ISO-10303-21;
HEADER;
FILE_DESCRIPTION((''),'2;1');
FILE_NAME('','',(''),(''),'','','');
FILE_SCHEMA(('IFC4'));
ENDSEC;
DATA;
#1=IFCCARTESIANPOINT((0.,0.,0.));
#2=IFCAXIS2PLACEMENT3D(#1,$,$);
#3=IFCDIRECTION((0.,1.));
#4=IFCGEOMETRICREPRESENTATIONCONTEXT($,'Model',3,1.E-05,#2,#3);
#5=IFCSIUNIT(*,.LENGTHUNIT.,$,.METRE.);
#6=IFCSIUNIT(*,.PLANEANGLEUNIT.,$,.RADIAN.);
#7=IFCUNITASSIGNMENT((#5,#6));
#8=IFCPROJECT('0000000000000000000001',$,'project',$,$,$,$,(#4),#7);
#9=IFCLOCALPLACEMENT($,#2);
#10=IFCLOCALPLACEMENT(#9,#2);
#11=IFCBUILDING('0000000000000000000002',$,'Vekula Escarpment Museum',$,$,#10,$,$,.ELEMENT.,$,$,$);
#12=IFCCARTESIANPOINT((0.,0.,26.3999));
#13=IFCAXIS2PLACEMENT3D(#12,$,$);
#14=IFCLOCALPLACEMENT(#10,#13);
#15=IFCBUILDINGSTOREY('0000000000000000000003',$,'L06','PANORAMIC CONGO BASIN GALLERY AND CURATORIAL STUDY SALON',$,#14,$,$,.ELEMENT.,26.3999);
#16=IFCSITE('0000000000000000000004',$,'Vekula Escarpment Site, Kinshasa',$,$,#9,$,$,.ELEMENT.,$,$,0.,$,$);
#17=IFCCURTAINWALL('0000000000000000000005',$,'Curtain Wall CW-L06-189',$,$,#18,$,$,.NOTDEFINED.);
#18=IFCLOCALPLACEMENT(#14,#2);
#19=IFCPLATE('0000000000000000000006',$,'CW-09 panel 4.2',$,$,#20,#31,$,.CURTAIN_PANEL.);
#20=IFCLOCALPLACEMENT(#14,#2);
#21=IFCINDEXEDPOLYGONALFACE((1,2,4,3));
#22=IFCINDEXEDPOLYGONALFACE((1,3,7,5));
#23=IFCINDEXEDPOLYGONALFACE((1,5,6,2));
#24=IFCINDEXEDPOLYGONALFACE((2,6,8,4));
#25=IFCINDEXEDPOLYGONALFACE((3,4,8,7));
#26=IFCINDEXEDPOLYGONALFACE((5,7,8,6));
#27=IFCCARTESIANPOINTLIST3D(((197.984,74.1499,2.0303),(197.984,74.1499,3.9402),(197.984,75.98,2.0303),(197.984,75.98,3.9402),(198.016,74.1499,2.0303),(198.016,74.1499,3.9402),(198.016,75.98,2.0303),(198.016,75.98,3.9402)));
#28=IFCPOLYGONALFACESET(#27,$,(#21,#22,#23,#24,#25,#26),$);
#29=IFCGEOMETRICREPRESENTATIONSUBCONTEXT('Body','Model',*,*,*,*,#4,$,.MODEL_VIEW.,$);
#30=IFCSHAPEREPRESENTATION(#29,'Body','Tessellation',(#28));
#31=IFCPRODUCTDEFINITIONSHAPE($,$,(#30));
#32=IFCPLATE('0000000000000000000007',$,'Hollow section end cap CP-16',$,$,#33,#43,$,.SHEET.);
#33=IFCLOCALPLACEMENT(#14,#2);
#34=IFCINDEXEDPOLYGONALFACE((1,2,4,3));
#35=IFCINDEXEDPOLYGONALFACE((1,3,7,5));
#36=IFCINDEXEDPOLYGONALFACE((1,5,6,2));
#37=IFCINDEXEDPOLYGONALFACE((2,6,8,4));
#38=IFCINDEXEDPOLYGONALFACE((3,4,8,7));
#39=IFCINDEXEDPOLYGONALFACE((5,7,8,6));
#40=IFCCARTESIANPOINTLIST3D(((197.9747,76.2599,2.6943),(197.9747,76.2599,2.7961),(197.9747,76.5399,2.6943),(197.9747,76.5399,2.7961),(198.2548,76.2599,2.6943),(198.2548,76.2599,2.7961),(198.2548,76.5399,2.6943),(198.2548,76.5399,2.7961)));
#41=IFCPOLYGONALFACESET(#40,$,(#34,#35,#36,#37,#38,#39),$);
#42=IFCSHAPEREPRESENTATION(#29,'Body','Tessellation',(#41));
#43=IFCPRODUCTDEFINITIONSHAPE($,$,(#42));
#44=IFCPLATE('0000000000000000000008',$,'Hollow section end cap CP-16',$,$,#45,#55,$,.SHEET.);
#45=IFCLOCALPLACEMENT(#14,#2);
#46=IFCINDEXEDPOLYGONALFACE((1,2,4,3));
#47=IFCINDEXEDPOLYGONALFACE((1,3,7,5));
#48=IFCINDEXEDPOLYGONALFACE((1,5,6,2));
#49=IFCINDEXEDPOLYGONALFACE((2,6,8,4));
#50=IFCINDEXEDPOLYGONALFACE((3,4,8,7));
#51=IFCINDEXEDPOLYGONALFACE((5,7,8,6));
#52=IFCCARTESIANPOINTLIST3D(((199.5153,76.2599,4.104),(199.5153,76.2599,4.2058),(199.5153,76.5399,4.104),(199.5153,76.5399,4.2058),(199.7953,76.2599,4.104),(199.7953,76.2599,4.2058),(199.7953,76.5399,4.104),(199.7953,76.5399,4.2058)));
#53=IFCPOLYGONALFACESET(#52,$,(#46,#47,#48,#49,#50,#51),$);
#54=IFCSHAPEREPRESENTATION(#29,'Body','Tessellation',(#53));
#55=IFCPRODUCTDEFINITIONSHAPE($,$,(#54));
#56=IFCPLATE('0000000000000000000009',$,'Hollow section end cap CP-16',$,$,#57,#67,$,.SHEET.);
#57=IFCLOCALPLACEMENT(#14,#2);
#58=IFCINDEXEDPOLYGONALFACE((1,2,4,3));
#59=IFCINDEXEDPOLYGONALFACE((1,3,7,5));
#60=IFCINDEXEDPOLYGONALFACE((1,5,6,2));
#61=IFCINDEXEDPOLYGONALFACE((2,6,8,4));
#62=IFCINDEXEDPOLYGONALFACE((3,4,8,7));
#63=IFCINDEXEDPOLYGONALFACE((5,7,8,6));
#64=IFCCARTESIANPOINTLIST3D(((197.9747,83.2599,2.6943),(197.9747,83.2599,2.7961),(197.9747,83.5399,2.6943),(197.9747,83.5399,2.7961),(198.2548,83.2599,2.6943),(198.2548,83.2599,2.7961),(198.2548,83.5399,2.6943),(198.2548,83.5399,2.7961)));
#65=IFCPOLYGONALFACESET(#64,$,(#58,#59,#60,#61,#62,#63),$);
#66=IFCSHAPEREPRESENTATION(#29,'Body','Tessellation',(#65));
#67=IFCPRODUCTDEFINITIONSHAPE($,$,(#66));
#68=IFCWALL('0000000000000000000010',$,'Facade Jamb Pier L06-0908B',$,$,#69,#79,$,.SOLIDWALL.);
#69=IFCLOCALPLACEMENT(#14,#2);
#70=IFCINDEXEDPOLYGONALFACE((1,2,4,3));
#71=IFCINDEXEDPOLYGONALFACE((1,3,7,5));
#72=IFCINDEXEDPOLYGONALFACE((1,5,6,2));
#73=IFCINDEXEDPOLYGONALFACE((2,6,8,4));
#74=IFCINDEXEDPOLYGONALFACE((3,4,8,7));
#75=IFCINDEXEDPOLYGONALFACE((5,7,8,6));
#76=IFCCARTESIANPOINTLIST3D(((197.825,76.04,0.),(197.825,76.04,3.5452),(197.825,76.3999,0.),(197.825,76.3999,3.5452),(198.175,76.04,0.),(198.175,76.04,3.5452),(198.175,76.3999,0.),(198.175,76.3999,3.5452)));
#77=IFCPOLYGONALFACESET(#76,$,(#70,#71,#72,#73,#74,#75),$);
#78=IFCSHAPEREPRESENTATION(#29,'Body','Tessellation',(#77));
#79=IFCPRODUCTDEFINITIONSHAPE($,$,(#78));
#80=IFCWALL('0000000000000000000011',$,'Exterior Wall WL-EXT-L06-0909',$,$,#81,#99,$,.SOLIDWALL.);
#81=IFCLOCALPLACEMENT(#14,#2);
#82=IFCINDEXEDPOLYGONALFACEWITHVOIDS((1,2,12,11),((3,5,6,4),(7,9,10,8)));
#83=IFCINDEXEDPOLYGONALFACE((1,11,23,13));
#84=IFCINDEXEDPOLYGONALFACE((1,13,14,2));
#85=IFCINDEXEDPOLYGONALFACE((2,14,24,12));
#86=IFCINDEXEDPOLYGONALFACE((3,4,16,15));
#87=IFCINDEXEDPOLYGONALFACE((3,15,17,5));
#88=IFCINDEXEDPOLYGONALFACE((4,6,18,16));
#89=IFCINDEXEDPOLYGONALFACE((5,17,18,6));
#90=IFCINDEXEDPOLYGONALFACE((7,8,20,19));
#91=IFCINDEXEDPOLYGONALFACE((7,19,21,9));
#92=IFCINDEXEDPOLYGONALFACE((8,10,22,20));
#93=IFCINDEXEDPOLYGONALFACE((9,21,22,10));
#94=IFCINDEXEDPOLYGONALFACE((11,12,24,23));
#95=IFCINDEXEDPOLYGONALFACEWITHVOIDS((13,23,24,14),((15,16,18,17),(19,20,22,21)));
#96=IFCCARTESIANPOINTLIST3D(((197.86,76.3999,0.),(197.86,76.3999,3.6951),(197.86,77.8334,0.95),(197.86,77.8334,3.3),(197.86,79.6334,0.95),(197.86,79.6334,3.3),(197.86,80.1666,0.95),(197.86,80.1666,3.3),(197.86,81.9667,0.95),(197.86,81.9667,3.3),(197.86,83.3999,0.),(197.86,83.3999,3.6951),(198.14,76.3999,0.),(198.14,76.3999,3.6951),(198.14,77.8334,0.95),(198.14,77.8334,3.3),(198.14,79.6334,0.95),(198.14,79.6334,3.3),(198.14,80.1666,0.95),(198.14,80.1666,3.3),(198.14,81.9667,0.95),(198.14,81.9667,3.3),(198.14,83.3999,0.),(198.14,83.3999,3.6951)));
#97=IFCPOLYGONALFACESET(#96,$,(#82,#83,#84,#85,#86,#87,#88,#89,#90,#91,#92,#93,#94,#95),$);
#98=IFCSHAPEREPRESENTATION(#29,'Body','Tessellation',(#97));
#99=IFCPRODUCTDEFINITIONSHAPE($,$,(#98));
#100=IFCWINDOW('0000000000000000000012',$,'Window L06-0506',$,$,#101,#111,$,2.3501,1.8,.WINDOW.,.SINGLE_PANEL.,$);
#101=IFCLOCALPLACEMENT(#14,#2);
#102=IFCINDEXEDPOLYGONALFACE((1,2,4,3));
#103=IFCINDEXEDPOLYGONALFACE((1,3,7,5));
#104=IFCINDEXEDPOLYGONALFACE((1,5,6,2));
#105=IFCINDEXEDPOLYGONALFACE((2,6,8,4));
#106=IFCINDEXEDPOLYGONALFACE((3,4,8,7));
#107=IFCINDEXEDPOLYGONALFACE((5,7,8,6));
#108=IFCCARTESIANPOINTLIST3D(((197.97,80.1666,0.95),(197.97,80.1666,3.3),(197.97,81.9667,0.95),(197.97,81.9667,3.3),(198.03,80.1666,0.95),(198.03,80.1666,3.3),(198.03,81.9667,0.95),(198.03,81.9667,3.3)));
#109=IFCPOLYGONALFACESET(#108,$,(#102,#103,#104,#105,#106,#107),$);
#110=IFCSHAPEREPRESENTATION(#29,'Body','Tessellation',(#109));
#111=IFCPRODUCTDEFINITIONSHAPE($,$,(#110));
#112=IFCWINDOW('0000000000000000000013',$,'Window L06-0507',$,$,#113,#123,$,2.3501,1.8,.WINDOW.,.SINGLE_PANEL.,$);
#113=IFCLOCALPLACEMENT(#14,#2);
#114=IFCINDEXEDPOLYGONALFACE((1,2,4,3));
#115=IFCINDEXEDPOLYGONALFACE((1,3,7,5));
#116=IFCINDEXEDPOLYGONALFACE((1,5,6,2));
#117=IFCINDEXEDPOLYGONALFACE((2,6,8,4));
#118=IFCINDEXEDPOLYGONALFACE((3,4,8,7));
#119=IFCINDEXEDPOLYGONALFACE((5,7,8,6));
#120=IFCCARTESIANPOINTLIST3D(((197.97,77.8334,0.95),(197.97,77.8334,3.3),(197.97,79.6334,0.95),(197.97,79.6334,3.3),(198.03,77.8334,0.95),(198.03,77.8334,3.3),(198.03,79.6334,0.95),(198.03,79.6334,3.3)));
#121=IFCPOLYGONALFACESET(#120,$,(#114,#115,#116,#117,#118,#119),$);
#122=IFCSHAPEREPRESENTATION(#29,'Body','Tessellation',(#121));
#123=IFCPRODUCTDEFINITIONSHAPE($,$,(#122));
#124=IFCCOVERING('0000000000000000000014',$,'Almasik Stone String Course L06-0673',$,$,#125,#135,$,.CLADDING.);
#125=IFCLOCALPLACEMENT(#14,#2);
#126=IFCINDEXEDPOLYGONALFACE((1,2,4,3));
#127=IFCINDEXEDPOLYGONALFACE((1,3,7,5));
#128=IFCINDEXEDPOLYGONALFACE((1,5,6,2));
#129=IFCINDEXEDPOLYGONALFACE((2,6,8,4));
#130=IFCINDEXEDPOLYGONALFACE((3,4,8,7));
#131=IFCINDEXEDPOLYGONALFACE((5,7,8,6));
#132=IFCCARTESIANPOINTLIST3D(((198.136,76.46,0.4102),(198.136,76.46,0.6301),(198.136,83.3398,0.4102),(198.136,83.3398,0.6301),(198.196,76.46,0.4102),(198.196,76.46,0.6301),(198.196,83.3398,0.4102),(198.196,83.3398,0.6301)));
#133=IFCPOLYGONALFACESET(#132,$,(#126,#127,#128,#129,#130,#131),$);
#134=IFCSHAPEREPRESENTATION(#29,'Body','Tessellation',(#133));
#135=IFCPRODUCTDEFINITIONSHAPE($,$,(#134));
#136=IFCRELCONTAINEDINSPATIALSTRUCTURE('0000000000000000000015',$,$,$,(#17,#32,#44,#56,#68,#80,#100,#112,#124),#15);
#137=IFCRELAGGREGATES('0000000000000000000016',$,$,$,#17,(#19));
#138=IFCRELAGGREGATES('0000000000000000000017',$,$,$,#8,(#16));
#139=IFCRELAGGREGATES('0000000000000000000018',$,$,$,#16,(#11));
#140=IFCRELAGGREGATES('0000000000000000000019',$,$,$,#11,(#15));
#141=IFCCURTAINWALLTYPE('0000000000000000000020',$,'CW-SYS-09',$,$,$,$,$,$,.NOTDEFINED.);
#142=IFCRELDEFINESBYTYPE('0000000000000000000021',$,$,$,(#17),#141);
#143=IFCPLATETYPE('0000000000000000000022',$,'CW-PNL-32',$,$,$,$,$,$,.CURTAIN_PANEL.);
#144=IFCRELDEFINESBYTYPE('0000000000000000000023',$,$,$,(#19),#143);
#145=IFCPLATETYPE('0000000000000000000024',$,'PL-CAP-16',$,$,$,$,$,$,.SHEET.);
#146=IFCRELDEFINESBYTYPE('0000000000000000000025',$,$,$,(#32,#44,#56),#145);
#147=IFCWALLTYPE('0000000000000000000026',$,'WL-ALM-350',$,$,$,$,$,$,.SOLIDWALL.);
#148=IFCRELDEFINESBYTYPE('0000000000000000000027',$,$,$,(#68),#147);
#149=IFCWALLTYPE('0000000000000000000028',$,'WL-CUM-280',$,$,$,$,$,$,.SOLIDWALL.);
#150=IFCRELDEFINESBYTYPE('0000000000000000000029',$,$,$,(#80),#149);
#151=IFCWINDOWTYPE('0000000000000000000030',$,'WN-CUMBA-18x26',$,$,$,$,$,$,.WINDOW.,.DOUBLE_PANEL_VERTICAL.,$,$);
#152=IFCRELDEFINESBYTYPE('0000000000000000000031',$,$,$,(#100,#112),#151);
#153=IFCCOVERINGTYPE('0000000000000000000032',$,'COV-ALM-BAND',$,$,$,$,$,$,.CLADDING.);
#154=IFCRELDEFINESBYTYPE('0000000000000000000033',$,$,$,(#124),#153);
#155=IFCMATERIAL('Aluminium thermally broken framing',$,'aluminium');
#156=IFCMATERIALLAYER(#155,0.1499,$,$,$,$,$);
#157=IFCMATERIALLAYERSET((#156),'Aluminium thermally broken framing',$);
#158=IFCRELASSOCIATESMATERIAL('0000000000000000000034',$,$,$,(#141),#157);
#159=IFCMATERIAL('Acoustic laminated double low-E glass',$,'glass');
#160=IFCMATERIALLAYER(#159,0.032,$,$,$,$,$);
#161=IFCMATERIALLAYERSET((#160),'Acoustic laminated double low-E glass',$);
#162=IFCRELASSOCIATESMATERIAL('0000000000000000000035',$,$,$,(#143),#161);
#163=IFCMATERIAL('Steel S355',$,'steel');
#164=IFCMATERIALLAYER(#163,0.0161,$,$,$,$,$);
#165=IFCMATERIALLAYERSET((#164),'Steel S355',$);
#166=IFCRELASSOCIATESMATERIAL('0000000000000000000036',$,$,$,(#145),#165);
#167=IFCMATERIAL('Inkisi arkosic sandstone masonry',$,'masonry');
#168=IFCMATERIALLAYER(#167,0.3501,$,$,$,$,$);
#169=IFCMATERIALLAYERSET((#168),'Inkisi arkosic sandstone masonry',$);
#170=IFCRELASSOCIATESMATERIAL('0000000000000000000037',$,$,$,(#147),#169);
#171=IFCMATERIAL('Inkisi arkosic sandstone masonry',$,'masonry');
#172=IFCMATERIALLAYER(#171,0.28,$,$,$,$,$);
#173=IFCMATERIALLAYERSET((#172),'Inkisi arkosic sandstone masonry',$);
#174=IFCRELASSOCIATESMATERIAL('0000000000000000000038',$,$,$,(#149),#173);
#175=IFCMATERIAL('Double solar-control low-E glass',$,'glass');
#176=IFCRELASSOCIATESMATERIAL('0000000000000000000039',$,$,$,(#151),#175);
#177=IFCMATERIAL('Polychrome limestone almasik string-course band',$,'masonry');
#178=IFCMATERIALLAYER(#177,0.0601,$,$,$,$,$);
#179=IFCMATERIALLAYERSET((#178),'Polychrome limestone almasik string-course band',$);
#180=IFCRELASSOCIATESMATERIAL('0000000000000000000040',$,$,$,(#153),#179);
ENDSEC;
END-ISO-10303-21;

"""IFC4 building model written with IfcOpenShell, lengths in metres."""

from ifc_helpers import new_model, si_unit, direction, frame, frame_2d, origin, origin_2d, place, context, subcontext, project, spatial, rectangle, extrude, material, layer, layer_set, type_object, element, fill, aggregate, save


model = new_model("IFC4")

# Units and contexts
model_context = context("Model", 3, precision=1e-05, world=origin(), true_north=direction((0.0, 1.0)))
body_context = subcontext(model_context, "Body", "Model", "MODEL_VIEW")
ifc_project = project(units=[si_unit("LENGTHUNIT", "METRE"), si_unit("PLANEANGLEUNIT", "RADIAN")], contexts=[model_context])

# Site, building, storey
site_placement = place(None, origin())
site = spatial("IfcSite", under=ifc_project, at=site_placement, Name="Vekula Escarpment Site, Kinshasa", CompositionType="ELEMENT", RefElevation=0.0)
building_placement = place(site_placement, origin())
building = spatial("IfcBuilding", under=site, at=building_placement, Name="Vekula Escarpment Museum", CompositionType="ELEMENT")
storey_placement = place(building_placement, frame((0.0, 0.0, 26.3999)))
storey = spatial("IfcBuildingStorey", under=building, at=storey_placement, Name="L06", Description="PANORAMIC CONGO BASIN GALLERY AND CURATORIAL STUDY SALON", CompositionType="ELEMENT", Elevation=26.3999)

# Curtain wall
ifc_material_1 = material(Name="Aluminium thermally broken framing", Category="aluminium")
ifc_layer_1 = layer(ifc_material_1, 0.1499)
ifc_layer_set_1 = layer_set([ifc_layer_1], Name="Aluminium thermally broken framing")
curtain_wall_type = type_object("IfcCurtainWallType", Name="CW-SYS-09", PredefinedType="NOTDEFINED", material=ifc_layer_set_1)
curtain_wall_placement = place(storey_placement, origin())
curtain_wall = element("IfcCurtainWall", 1, at=curtain_wall_placement, inside=storey, type_object=curtain_wall_type, Name="Curtain Wall CW-L06-189", PredefinedType="NOTDEFINED")

# Plate
ifc_material_2 = material(Name="Acoustic laminated double low-E glass", Category="glass")
ifc_layer_2 = layer(ifc_material_2, 0.032)
ifc_layer_set_2 = layer_set([ifc_layer_2], Name="Acoustic laminated double low-E glass")
plate_type_1 = type_object("IfcPlateType", Name="CW-PNL-32", PredefinedType="CURTAIN_PANEL", material=ifc_layer_set_2)
plate_1_placement = place(storey_placement, frame((198.0, 75.0649, 2.0303), z_axis=(0.0, 0.0, 1.0), x_axis=(0.0, 1.0, 0.0)))
plate_1 = element("IfcPlate", 2, at=plate_1_placement, type_object=plate_type_1, Name="CW-09 panel 4.2", PredefinedType="CURTAIN_PANEL", context=body_context, shape_type="SweptSolid", body=[
    extrude(rectangle(XDim=1.8301, YDim=0.032, at=origin_2d()), origin(), (0.0, 0.0, 1.0), 1.9099),
])
aggregate(curtain_wall, [plate_1])

# Plates
ifc_material_3 = material(Name="Steel S355", Category="steel")
ifc_layer_3 = layer(ifc_material_3, 0.0161)
ifc_layer_set_3 = layer_set([ifc_layer_3], Name="Steel S355")
plate_type_2 = type_object("IfcPlateType", Name="PL-CAP-16", PredefinedType="SHEET", material=ifc_layer_set_3)
for number, where, z_axis, x_axis, name in (
    (3, (198.1147, 76.3999, 2.6943), (0.0, 0.0, 1.0), (1.0, 0.0, 0.0), "Hollow section end cap CP-16"),
    (4, (199.6553, 76.3999, 4.104), (0.0, 0.0, 1.0), (1.0, 0.0, 0.0), "Hollow section end cap CP-16"),
    (5, (198.1147, 83.3999, 2.6943), (0.0, 0.0, 1.0), (1.0, 0.0, 0.0), "Hollow section end cap CP-16"),
):
    element("IfcPlate", number, at=place(storey_placement, frame(where, z_axis=z_axis, x_axis=x_axis)), inside=storey, type_object=plate_type_2, Name=name, PredefinedType="SHEET", context=body_context, shape_type="SweptSolid", body=[
        extrude(rectangle(XDim=0.28, YDim=0.28, at=origin_2d()), origin(), (0.0, 0.0, 1.0), 0.1018),
    ])

# Wall
ifc_material_4 = material(Name="Inkisi arkosic sandstone masonry", Category="masonry")
ifc_layer_4 = layer(ifc_material_4, 0.3501)
ifc_layer_set_4 = layer_set([ifc_layer_4], Name="Inkisi arkosic sandstone masonry")
wall_type_1 = type_object("IfcWallType", Name="WL-ALM-350", PredefinedType="SOLIDWALL", material=ifc_layer_set_4)
wall_1_placement = place(storey_placement, frame((198.0, 76.04, 0.0), z_axis=(0.0, 0.0, 1.0), x_axis=(0.0, 1.0, 0.0)))
element("IfcWall", 6, at=wall_1_placement, inside=storey, type_object=wall_type_1, Name="Facade Jamb Pier L06-0908B", PredefinedType="SOLIDWALL", context=body_context, shape_type="SweptSolid", body=[
    extrude(rectangle(XDim=0.3599, YDim=0.3501, at=frame_2d((0.1799, 0.0))), origin(), (0.0, 0.0, 1.0), 3.5452),
])

# Wall, openings, windows
ifc_material_5 = material(Name="Inkisi arkosic sandstone masonry", Category="masonry")
ifc_layer_5 = layer(ifc_material_5, 0.28)
ifc_layer_set_5 = layer_set([ifc_layer_5], Name="Inkisi arkosic sandstone masonry")
wall_type_2 = type_object("IfcWallType", Name="WL-CUM-280", PredefinedType="SOLIDWALL", material=ifc_layer_set_5)
wall_2_placement = place(storey_placement, frame((198.0, 83.3999, 0.0), z_axis=(0.0, 0.0, 1.0), x_axis=(0.0, -1.0, 0.0)))
wall_2 = element("IfcWall", 7, at=wall_2_placement, inside=storey, type_object=wall_type_2, Name="Exterior Wall WL-EXT-L06-0909", PredefinedType="SOLIDWALL", context=body_context, shape_type="SweptSolid", body=[
    extrude(rectangle(XDim=7.0, YDim=0.28, at=frame_2d((3.5, 0.0))), origin(), (0.0, 0.0, 1.0), 3.6951),
])
opening_1_placement = place(wall_2_placement, frame((1.4333, 0.0, 0.95)))
opening_1 = element("IfcOpeningElement", 8, at=opening_1_placement, cuts=wall_2, PredefinedType="OPENING", context=body_context, shape_type="SweptSolid", body=[
    extrude(rectangle(XDim=1.8, YDim=2.3501, at=frame_2d((0.8999, 1.175))), frame((0.0, 0.1499, 0.0), z_axis=(0.0, -1.0, 0.0), x_axis=(1.0, 0.0, 0.0)), (0.0, 0.0, 1.0), 0.3),
])
opening_2_placement = place(wall_2_placement, frame((3.7666, 0.0, 0.95)))
opening_2 = element("IfcOpeningElement", 9, at=opening_2_placement, cuts=wall_2, PredefinedType="OPENING", context=body_context, shape_type="SweptSolid", body=[
    extrude(rectangle(XDim=1.8, YDim=2.3501, at=frame_2d((0.8999, 1.175))), frame((0.0, 0.1499, 0.0), z_axis=(0.0, -1.0, 0.0), x_axis=(1.0, 0.0, 0.0)), (0.0, 0.0, 1.0), 0.3),
])
ifc_material_6 = material(Name="Double solar-control low-E glass", Category="glass")
window_type = type_object("IfcWindowType", Name="WN-CUMBA-18x26", PartitioningType="DOUBLE_PANEL_VERTICAL", PredefinedType="WINDOW", material=ifc_material_6)
window_1_placement = place(opening_1_placement, origin())
window_1 = element("IfcWindow", 10, at=window_1_placement, inside=storey, type_object=window_type, Name="Window L06-0506", OverallHeight=2.3501, OverallWidth=1.8, PartitioningType="SINGLE_PANEL", PredefinedType="WINDOW", context=body_context, shape_type="SweptSolid", body=[
    extrude(rectangle(XDim=1.8, YDim=2.3501, at=frame_2d((0.8999, 1.175))), frame((0.0, 0.03, 0.0), z_axis=(0.0, -1.0, 0.0), x_axis=(1.0, 0.0, 0.0)), (0.0, 0.0, 1.0), 0.0601),
])
fill(opening_1, window_1)
window_2_placement = place(opening_2_placement, origin())
window_2 = element("IfcWindow", 11, at=window_2_placement, inside=storey, type_object=window_type, Name="Window L06-0507", OverallHeight=2.3501, OverallWidth=1.8, PartitioningType="SINGLE_PANEL", PredefinedType="WINDOW", context=body_context, shape_type="SweptSolid", body=[
    extrude(rectangle(XDim=1.8, YDim=2.3501, at=frame_2d((0.8999, 1.175))), frame((0.0, 0.03, 0.0), z_axis=(0.0, -1.0, 0.0), x_axis=(1.0, 0.0, 0.0)), (0.0, 0.0, 1.0), 0.0601),
])
fill(opening_2, window_2)

# Covering
ifc_material_7 = material(Name="Polychrome limestone almasik string-course band", Category="masonry")
ifc_layer_6 = layer(ifc_material_7, 0.0601)
ifc_layer_set_6 = layer_set([ifc_layer_6], Name="Polychrome limestone almasik string-course band")
covering_type = type_object("IfcCoveringType", Name="COV-ALM-BAND", PredefinedType="CLADDING", material=ifc_layer_set_6)
covering_placement = place(storey_placement, frame((198.166, 79.8999, 0.4102), z_axis=(0.0, 0.0, 1.0), x_axis=(0.0, 1.0, 0.0)))
element("IfcCovering", 12, at=covering_placement, inside=storey, type_object=covering_type, Name="Almasik Stone String Course L06-0673", PredefinedType="CLADDING", context=body_context, shape_type="SweptSolid", body=[
    extrude(rectangle(XDim=6.8799, YDim=0.0601, at=origin_2d()), origin(), (0.0, 0.0, 1.0), 0.22),
])

save(model, "model.ifc")
